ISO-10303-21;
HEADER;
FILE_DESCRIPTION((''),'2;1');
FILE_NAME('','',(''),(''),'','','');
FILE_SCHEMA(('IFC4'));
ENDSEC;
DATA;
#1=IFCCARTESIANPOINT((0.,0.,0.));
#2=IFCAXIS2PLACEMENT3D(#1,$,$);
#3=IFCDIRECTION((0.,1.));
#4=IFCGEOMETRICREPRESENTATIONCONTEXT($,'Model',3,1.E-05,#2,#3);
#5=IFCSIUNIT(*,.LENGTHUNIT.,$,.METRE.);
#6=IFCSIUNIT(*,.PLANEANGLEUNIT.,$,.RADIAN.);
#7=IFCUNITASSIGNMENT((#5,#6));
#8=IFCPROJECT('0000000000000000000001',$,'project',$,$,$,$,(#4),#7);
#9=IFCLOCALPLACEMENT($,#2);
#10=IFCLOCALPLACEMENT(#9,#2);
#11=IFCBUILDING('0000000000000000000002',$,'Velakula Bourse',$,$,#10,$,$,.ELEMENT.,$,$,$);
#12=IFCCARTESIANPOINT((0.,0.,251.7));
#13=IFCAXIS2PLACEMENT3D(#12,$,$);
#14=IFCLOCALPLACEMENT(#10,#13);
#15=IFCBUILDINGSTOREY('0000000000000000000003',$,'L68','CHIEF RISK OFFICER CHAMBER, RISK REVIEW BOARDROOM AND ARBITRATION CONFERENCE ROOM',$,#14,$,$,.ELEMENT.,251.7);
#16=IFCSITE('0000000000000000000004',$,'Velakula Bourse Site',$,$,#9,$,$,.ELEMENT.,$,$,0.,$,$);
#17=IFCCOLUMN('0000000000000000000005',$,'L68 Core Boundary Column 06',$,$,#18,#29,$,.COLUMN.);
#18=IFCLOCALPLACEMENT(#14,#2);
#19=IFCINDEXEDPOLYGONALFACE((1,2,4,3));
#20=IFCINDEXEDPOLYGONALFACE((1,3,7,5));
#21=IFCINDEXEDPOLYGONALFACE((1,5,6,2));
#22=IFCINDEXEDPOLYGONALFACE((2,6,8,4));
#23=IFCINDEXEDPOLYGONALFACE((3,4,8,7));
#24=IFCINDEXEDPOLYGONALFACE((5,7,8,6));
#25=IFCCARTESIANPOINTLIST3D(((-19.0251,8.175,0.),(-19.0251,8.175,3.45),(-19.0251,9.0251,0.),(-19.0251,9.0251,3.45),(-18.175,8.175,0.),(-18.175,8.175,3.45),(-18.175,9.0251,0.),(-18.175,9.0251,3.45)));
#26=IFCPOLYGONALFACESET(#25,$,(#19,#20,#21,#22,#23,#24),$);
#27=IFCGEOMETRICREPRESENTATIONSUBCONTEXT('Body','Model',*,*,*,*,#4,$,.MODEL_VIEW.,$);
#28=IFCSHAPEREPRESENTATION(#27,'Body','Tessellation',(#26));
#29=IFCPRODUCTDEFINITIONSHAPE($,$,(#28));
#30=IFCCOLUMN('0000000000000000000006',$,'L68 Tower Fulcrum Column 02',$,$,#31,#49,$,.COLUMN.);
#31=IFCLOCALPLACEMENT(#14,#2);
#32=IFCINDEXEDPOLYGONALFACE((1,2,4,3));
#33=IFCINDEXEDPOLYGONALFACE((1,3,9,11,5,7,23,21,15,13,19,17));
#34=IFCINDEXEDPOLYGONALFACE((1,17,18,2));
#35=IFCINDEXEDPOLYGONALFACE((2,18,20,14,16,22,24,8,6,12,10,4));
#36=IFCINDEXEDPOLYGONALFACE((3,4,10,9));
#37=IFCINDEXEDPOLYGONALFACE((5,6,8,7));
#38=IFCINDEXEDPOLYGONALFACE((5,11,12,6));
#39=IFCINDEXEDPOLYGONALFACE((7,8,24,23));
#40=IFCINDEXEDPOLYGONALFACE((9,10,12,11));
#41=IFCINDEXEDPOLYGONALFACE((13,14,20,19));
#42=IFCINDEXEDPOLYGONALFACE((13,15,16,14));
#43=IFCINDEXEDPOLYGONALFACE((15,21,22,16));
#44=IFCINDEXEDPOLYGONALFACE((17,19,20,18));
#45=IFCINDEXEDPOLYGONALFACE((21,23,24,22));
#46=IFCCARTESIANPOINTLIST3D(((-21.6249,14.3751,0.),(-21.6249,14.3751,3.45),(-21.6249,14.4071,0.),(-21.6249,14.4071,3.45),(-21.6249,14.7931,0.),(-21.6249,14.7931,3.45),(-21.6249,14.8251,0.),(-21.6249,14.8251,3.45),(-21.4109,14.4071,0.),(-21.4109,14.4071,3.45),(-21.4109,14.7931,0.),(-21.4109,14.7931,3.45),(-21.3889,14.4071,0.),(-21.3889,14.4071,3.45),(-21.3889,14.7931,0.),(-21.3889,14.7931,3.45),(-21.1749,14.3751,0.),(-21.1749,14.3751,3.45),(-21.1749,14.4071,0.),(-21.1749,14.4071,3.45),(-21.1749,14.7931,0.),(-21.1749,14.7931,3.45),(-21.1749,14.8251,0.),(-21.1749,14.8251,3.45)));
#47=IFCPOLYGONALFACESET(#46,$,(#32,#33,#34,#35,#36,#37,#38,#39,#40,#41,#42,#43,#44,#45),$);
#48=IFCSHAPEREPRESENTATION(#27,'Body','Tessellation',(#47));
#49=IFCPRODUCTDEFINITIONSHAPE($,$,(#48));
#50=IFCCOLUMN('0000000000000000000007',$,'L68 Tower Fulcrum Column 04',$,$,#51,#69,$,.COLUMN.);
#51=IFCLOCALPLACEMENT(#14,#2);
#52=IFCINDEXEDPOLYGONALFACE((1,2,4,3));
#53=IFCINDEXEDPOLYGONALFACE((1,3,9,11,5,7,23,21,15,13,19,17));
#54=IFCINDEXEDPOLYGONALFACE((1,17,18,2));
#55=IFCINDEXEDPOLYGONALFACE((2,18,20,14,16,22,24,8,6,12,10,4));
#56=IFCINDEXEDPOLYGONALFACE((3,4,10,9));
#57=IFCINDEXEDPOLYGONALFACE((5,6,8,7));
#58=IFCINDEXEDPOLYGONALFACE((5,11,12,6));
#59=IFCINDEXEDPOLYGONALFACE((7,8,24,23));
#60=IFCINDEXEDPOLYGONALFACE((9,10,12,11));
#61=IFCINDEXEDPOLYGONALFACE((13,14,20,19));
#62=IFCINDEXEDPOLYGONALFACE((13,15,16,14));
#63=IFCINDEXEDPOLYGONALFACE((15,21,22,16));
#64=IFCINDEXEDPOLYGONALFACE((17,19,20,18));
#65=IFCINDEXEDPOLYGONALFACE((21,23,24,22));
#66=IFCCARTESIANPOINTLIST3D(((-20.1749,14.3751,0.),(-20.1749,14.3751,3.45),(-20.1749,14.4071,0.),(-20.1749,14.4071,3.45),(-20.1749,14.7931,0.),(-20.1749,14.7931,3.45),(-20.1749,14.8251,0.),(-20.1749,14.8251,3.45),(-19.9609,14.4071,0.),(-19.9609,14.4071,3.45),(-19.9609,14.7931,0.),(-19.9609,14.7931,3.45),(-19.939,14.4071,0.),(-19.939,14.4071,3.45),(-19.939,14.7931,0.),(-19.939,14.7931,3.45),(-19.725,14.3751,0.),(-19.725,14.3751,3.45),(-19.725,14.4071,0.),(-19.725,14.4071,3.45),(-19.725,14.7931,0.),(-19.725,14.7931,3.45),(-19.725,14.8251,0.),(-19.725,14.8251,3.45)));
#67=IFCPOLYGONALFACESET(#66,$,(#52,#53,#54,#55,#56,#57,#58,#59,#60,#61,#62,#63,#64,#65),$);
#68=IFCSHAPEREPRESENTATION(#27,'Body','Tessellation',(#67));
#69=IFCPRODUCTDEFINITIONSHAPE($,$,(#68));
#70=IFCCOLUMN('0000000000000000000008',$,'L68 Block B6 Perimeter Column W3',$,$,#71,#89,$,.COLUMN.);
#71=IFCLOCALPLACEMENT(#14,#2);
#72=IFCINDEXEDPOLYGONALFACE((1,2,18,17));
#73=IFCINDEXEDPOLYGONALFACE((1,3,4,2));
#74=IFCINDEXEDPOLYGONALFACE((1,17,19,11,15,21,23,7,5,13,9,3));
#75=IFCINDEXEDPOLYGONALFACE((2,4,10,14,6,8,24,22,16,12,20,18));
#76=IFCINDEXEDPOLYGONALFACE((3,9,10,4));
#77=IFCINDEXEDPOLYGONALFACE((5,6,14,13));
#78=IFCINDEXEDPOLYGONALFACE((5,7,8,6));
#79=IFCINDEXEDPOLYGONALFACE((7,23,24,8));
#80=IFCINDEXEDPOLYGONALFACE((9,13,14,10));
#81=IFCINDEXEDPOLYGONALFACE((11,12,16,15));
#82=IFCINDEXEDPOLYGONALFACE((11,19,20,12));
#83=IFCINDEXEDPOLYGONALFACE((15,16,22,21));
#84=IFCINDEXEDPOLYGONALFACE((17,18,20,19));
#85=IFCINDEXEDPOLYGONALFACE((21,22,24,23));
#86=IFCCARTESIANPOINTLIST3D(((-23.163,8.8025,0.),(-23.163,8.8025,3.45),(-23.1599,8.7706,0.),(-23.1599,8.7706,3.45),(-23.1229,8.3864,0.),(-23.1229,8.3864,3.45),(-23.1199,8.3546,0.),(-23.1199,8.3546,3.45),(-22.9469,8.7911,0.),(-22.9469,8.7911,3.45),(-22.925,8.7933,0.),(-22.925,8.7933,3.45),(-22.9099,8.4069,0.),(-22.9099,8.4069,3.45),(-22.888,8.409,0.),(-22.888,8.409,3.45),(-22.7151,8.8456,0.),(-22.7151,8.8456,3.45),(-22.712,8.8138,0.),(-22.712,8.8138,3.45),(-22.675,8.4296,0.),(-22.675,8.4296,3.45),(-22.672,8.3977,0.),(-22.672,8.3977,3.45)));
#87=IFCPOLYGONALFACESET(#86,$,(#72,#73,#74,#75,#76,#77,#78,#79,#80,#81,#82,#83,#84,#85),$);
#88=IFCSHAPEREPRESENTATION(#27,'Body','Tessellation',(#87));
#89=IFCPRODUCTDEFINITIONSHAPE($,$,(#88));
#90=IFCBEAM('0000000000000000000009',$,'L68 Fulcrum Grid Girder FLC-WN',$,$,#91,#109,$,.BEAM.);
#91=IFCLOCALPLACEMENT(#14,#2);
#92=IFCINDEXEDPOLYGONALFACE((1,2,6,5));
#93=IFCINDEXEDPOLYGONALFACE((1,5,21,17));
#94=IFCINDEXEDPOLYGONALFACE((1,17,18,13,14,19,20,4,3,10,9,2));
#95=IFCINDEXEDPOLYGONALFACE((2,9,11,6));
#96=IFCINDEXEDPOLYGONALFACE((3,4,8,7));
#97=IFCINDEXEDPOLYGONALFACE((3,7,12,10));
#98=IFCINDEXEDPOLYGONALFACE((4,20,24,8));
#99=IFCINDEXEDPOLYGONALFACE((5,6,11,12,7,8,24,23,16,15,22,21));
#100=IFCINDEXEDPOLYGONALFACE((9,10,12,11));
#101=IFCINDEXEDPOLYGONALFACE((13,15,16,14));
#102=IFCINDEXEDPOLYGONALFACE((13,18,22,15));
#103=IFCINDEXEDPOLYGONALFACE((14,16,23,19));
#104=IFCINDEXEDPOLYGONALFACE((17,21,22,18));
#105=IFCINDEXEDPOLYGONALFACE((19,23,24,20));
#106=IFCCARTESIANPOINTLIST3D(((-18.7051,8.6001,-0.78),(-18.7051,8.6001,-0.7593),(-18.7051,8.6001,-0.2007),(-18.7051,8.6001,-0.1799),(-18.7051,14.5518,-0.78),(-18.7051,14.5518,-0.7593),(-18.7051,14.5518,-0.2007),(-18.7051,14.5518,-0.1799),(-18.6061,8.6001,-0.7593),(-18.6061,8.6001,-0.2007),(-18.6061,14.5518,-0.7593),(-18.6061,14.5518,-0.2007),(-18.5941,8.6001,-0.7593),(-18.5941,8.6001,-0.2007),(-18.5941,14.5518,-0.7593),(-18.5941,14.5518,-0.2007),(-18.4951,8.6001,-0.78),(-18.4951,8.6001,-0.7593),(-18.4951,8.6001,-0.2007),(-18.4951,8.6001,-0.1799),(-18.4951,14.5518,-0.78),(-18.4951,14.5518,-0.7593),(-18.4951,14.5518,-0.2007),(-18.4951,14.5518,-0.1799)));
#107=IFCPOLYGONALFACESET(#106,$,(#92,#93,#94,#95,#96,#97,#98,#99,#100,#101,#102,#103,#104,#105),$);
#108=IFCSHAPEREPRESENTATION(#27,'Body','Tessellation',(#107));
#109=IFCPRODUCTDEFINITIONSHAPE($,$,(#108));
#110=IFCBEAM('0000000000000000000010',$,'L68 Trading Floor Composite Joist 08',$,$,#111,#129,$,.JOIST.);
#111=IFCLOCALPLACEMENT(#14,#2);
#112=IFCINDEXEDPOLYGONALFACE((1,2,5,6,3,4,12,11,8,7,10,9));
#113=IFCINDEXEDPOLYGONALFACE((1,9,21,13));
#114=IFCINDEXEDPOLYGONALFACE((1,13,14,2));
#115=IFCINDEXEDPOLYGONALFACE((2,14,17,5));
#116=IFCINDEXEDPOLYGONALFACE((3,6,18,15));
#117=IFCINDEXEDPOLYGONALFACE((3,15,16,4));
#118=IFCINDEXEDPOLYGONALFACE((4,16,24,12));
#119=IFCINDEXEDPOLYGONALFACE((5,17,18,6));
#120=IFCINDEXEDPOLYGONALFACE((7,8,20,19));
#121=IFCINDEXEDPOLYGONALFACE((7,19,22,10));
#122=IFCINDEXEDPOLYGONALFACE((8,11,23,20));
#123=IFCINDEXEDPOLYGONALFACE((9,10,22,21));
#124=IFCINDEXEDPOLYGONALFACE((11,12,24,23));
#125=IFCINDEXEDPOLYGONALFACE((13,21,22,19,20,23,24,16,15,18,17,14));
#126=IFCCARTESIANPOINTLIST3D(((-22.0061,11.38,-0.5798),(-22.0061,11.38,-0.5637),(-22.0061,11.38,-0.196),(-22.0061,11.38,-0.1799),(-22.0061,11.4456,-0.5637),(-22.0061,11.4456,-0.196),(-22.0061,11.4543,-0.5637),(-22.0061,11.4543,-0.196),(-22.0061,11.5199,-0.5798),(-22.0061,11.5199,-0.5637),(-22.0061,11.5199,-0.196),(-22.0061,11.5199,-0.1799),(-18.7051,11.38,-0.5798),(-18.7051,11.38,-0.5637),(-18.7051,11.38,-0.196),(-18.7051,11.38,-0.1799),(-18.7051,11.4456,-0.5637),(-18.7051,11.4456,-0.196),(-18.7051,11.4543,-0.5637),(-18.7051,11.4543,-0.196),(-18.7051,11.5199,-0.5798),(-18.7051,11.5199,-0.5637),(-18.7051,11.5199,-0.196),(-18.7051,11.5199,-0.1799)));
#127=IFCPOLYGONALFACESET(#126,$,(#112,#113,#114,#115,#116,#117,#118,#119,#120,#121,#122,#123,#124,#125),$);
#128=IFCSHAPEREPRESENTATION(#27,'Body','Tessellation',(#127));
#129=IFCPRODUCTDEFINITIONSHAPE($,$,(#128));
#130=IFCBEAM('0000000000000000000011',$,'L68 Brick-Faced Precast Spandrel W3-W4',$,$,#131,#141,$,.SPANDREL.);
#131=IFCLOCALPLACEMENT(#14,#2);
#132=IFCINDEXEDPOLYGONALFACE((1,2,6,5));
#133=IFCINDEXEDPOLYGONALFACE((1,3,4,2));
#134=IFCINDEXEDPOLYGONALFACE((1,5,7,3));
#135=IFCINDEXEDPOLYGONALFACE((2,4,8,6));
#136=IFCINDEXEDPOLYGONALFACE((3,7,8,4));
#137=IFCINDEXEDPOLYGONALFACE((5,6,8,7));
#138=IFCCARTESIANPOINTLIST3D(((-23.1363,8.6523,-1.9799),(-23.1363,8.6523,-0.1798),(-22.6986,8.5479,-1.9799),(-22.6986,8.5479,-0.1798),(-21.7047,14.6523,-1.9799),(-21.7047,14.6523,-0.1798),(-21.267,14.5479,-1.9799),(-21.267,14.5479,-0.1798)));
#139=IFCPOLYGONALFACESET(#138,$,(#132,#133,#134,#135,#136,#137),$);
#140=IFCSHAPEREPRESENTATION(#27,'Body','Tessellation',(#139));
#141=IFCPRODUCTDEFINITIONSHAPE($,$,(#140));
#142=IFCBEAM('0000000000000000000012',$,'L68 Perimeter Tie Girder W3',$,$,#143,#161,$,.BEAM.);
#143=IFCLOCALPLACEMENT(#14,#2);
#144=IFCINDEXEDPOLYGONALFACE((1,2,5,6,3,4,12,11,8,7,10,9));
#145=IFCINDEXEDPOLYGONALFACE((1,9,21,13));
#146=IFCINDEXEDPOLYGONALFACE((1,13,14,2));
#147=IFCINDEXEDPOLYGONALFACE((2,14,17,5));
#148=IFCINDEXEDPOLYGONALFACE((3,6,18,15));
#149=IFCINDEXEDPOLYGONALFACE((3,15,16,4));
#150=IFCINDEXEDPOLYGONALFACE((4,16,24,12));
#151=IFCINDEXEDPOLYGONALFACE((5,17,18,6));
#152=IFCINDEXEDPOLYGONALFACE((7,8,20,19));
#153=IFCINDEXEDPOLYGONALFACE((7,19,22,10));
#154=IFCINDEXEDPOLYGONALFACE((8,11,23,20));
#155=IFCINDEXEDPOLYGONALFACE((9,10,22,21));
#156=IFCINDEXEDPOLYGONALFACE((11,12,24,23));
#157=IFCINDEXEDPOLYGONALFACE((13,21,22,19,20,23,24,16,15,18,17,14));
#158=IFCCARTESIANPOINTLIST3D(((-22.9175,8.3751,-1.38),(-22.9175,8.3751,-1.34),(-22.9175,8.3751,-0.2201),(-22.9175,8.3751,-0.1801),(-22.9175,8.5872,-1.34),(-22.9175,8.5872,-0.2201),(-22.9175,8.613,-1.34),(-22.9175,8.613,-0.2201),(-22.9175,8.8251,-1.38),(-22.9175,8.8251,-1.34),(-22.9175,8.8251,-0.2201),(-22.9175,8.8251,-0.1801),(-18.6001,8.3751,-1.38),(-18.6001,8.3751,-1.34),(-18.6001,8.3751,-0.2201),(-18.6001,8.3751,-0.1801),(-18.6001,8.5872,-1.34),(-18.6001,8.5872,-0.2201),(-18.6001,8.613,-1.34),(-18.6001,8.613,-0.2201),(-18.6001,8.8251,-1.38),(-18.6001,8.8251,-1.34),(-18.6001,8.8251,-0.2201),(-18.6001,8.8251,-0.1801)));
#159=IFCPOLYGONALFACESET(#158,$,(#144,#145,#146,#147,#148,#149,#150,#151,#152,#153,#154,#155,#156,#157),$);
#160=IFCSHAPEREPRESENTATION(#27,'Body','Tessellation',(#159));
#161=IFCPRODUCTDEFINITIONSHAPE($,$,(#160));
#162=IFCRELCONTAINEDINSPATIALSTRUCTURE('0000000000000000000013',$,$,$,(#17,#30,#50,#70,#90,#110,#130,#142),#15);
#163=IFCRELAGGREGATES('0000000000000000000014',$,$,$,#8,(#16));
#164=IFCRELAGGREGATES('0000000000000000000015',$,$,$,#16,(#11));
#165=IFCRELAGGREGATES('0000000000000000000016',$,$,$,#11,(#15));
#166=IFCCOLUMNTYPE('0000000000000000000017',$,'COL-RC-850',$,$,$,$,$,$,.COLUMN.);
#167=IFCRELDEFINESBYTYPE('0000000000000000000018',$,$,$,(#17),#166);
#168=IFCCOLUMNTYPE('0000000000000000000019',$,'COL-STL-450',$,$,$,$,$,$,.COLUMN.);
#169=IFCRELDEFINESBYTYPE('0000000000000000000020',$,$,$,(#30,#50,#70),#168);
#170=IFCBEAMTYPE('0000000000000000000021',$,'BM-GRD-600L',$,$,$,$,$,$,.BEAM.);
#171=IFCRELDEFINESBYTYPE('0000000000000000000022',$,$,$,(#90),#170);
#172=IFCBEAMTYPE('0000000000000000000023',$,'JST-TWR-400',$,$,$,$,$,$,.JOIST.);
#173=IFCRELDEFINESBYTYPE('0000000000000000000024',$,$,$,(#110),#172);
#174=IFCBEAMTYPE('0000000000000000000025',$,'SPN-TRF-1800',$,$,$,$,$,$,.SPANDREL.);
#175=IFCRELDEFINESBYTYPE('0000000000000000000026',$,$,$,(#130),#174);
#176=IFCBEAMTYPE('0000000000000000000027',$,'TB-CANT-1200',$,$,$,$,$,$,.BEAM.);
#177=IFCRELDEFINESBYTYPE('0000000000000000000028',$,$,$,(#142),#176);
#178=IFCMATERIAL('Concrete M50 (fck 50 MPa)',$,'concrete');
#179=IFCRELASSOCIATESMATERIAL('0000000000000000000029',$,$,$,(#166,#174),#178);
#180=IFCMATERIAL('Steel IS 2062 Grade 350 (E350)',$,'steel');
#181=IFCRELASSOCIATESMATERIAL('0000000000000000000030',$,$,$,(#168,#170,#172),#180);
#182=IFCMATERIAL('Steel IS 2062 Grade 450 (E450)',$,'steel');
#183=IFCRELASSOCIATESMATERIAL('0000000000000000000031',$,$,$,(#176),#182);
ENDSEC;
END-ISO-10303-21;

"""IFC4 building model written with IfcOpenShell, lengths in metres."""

from ifc_helpers import new_model, si_unit, direction, frame, origin, origin_2d, place, context, subcontext, project, spatial, rectangle, i_section, extrude, material, material_profile, profile_set, type_object, element, save


model = new_model("IFC4")

# Units and contexts
model_context = context("Model", 3, precision=1e-05, world=origin(), true_north=direction((0.0, 1.0)))
body_context = subcontext(model_context, "Body", "Model", "MODEL_VIEW")
ifc_project = project(units=[si_unit("LENGTHUNIT", "METRE"), si_unit("PLANEANGLEUNIT", "RADIAN")], contexts=[model_context])

# Site, building, storey
site_placement = place(None, origin())
site = spatial("IfcSite", under=ifc_project, at=site_placement, Name="Velakula Bourse Site", CompositionType="ELEMENT", RefElevation=0.0)
building_placement = place(site_placement, origin())
building = spatial("IfcBuilding", under=site, at=building_placement, Name="Velakula Bourse", CompositionType="ELEMENT")
storey_placement = place(building_placement, frame((0.0, 0.0, 251.7)))
storey = spatial("IfcBuildingStorey", under=building, at=storey_placement, Name="L68", Description="CHIEF RISK OFFICER CHAMBER, RISK REVIEW BOARDROOM AND ARBITRATION CONFERENCE ROOM", CompositionType="ELEMENT", Elevation=251.7)

# Columns
ifc_material_1 = material(Name="Concrete M50 (fck 50 MPa)", Category="concrete")
ifc_material_profile_1 = material_profile(ifc_material_1, rectangle(XDim=0.8501, YDim=0.8501, at=origin_2d()), Name="Concrete M50 (fck 50 MPa)")
ifc_profile_set_1 = profile_set([ifc_material_profile_1], Name="Concrete M50 (fck 50 MPa)")
column_type_1 = type_object("IfcColumnType", Name="COL-RC-850", PredefinedType="COLUMN", material=ifc_profile_set_1)
column_placement = place(storey_placement, frame((-18.6001, 8.6001, 0.0), z_axis=(0.0, 0.0, 1.0), x_axis=(1.0, 0.0, 0.0)))
element("IfcColumn", 1, at=column_placement, inside=storey, type_object=column_type_1, Name="L68 Core Boundary Column 06", PredefinedType="COLUMN", context=body_context, shape_type="SweptSolid", body=[
    extrude(rectangle(XDim=0.8501, YDim=0.8501, at=origin_2d()), origin(), (0.0, 0.0, 1.0), 3.45),
])
ifc_material_2 = material(Name="Steel IS 2062 Grade 350 (E350)", Category="steel")
ifc_material_profile_2 = material_profile(ifc_material_2, i_section(OverallWidth=0.45, OverallDepth=0.45, WebThickness=0.022, FlangeThickness=0.032, at=origin_2d()), Name="Steel IS 2062 Grade 350 (E350)")
ifc_profile_set_2 = profile_set([ifc_material_profile_2], Name="Steel IS 2062 Grade 350 (E350)")
column_type_2 = type_object("IfcColumnType", Name="COL-STL-450", PredefinedType="COLUMN", material=ifc_profile_set_2)
for number, where, z_axis, x_axis, name in (
    (2, (-21.3999, 14.6001, 0.0), (0.0, 0.0, 1.0), (1.0, 0.0, 0.0), "L68 Tower Fulcrum Column 02"),
    (3, (-19.95, 14.6001, 0.0), (0.0, 0.0, 1.0), (1.0, 0.0, 0.0), "L68 Tower Fulcrum Column 04"),
    (4, (-22.9175, 8.6001, 0.0), (0.0, 0.0, 1.0), (0.995396, 0.095846, 0.0), "L68 Block B6 Perimeter Column W3"),
):
    element("IfcColumn", number, at=place(storey_placement, frame(where, z_axis=z_axis, x_axis=x_axis)), inside=storey, type_object=column_type_2, Name=name, PredefinedType="COLUMN", context=body_context, shape_type="SweptSolid", body=[
        extrude(i_section(OverallWidth=0.45, OverallDepth=0.45, WebThickness=0.022, FlangeThickness=0.032, at=origin_2d()), origin(), (0.0, 0.0, 1.0), 3.45),
    ])

# Beams
ifc_material_profile_3 = material_profile(ifc_material_2, i_section(OverallWidth=0.21, OverallDepth=0.6001, WebThickness=0.012, FlangeThickness=0.0208, at=origin_2d()), Name="Steel IS 2062 Grade 350 (E350)")
ifc_profile_set_3 = profile_set([ifc_material_profile_3], Name="Steel IS 2062 Grade 350 (E350)")
beam_type_1 = type_object("IfcBeamType", Name="BM-GRD-600L", PredefinedType="BEAM", material=ifc_profile_set_3)
beam_1_placement = place(storey_placement, frame((-18.6001, 8.6001, -0.48), z_axis=(0.0, 1.0, 0.0), x_axis=(-1.0, 0.0, 0.0)))
element("IfcBeam", 5, at=beam_1_placement, inside=storey, type_object=beam_type_1, Name="L68 Fulcrum Grid Girder FLC-WN", PredefinedType="BEAM", context=body_context, shape_type="SweptSolid", body=[
    extrude(i_section(OverallWidth=0.21, OverallDepth=0.6001, WebThickness=0.012, FlangeThickness=0.0208, at=origin_2d()), origin(), (0.0, 0.0, 1.0), 5.9517),
])
ifc_material_profile_4 = material_profile(ifc_material_2, i_section(OverallWidth=0.1399, OverallDepth=0.3999, WebThickness=0.0088, FlangeThickness=0.0161, at=origin_2d()), Name="Steel IS 2062 Grade 350 (E350)")
ifc_profile_set_4 = profile_set([ifc_material_profile_4], Name="Steel IS 2062 Grade 350 (E350)")
beam_type_2 = type_object("IfcBeamType", Name="JST-TWR-400", PredefinedType="JOIST", material=ifc_profile_set_4)
beam_2_placement = place(storey_placement, frame((-22.0061, 11.45, -0.3799), z_axis=(1.0, 0.0, 0.0), x_axis=(0.0, 1.0, 0.0)))
element("IfcBeam", 6, at=beam_2_placement, inside=storey, type_object=beam_type_2, Name="L68 Trading Floor Composite Joist 08", PredefinedType="JOIST", context=body_context, shape_type="SweptSolid", body=[
    extrude(i_section(OverallWidth=0.1399, OverallDepth=0.3999, WebThickness=0.0088, FlangeThickness=0.0161, at=origin_2d()), origin(), (0.0, 0.0, 1.0), 3.301),
])
ifc_material_profile_5 = material_profile(ifc_material_1, rectangle(XDim=0.45, YDim=1.8, at=origin_2d()), Name="Concrete M50 (fck 50 MPa)")
ifc_profile_set_5 = profile_set([ifc_material_profile_5], Name="Concrete M50 (fck 50 MPa)")
beam_type_3 = type_object("IfcBeamType", Name="SPN-TRF-1800", PredefinedType="SPANDREL", material=ifc_profile_set_5)
beam_3_placement = place(storey_placement, frame((-22.9175, 8.6001, -1.0798), z_axis=(0.232091, 0.972694, 0.0), x_axis=(-0.972694, 0.232091, 0.0)))
element("IfcBeam", 7, at=beam_3_placement, inside=storey, type_object=beam_type_3, Name="L68 Brick-Faced Precast Spandrel W3-W4", PredefinedType="SPANDREL", context=body_context, shape_type="SweptSolid", body=[
    extrude(rectangle(XDim=0.45, YDim=1.8, at=origin_2d()), origin(), (0.0, 0.0, 1.0), 6.1685),
])
ifc_material_3 = material(Name="Steel IS 2062 Grade 450 (E450)", Category="steel")
ifc_material_profile_6 = material_profile(ifc_material_3, i_section(OverallWidth=0.45, OverallDepth=1.2, WebThickness=0.0259, FlangeThickness=0.04, at=origin_2d()), Name="Steel IS 2062 Grade 450 (E450)")
ifc_profile_set_6 = profile_set([ifc_material_profile_6], Name="Steel IS 2062 Grade 450 (E450)")
beam_type_4 = type_object("IfcBeamType", Name="TB-CANT-1200", PredefinedType="BEAM", material=ifc_profile_set_6)
beam_4_placement = place(storey_placement, frame((-18.6001, 8.6001, -0.78), z_axis=(-1.0, 0.0, 0.0), x_axis=(0.0, -1.0, 0.0)))
element("IfcBeam", 8, at=beam_4_placement, inside=storey, type_object=beam_type_4, Name="L68 Perimeter Tie Girder W3", PredefinedType="BEAM", context=body_context, shape_type="SweptSolid", body=[
    extrude(i_section(OverallWidth=0.45, OverallDepth=1.2, WebThickness=0.0259, FlangeThickness=0.04, at=origin_2d()), origin(), (0.0, 0.0, 1.0), 4.3174),
])

save(model, "model.ifc")
